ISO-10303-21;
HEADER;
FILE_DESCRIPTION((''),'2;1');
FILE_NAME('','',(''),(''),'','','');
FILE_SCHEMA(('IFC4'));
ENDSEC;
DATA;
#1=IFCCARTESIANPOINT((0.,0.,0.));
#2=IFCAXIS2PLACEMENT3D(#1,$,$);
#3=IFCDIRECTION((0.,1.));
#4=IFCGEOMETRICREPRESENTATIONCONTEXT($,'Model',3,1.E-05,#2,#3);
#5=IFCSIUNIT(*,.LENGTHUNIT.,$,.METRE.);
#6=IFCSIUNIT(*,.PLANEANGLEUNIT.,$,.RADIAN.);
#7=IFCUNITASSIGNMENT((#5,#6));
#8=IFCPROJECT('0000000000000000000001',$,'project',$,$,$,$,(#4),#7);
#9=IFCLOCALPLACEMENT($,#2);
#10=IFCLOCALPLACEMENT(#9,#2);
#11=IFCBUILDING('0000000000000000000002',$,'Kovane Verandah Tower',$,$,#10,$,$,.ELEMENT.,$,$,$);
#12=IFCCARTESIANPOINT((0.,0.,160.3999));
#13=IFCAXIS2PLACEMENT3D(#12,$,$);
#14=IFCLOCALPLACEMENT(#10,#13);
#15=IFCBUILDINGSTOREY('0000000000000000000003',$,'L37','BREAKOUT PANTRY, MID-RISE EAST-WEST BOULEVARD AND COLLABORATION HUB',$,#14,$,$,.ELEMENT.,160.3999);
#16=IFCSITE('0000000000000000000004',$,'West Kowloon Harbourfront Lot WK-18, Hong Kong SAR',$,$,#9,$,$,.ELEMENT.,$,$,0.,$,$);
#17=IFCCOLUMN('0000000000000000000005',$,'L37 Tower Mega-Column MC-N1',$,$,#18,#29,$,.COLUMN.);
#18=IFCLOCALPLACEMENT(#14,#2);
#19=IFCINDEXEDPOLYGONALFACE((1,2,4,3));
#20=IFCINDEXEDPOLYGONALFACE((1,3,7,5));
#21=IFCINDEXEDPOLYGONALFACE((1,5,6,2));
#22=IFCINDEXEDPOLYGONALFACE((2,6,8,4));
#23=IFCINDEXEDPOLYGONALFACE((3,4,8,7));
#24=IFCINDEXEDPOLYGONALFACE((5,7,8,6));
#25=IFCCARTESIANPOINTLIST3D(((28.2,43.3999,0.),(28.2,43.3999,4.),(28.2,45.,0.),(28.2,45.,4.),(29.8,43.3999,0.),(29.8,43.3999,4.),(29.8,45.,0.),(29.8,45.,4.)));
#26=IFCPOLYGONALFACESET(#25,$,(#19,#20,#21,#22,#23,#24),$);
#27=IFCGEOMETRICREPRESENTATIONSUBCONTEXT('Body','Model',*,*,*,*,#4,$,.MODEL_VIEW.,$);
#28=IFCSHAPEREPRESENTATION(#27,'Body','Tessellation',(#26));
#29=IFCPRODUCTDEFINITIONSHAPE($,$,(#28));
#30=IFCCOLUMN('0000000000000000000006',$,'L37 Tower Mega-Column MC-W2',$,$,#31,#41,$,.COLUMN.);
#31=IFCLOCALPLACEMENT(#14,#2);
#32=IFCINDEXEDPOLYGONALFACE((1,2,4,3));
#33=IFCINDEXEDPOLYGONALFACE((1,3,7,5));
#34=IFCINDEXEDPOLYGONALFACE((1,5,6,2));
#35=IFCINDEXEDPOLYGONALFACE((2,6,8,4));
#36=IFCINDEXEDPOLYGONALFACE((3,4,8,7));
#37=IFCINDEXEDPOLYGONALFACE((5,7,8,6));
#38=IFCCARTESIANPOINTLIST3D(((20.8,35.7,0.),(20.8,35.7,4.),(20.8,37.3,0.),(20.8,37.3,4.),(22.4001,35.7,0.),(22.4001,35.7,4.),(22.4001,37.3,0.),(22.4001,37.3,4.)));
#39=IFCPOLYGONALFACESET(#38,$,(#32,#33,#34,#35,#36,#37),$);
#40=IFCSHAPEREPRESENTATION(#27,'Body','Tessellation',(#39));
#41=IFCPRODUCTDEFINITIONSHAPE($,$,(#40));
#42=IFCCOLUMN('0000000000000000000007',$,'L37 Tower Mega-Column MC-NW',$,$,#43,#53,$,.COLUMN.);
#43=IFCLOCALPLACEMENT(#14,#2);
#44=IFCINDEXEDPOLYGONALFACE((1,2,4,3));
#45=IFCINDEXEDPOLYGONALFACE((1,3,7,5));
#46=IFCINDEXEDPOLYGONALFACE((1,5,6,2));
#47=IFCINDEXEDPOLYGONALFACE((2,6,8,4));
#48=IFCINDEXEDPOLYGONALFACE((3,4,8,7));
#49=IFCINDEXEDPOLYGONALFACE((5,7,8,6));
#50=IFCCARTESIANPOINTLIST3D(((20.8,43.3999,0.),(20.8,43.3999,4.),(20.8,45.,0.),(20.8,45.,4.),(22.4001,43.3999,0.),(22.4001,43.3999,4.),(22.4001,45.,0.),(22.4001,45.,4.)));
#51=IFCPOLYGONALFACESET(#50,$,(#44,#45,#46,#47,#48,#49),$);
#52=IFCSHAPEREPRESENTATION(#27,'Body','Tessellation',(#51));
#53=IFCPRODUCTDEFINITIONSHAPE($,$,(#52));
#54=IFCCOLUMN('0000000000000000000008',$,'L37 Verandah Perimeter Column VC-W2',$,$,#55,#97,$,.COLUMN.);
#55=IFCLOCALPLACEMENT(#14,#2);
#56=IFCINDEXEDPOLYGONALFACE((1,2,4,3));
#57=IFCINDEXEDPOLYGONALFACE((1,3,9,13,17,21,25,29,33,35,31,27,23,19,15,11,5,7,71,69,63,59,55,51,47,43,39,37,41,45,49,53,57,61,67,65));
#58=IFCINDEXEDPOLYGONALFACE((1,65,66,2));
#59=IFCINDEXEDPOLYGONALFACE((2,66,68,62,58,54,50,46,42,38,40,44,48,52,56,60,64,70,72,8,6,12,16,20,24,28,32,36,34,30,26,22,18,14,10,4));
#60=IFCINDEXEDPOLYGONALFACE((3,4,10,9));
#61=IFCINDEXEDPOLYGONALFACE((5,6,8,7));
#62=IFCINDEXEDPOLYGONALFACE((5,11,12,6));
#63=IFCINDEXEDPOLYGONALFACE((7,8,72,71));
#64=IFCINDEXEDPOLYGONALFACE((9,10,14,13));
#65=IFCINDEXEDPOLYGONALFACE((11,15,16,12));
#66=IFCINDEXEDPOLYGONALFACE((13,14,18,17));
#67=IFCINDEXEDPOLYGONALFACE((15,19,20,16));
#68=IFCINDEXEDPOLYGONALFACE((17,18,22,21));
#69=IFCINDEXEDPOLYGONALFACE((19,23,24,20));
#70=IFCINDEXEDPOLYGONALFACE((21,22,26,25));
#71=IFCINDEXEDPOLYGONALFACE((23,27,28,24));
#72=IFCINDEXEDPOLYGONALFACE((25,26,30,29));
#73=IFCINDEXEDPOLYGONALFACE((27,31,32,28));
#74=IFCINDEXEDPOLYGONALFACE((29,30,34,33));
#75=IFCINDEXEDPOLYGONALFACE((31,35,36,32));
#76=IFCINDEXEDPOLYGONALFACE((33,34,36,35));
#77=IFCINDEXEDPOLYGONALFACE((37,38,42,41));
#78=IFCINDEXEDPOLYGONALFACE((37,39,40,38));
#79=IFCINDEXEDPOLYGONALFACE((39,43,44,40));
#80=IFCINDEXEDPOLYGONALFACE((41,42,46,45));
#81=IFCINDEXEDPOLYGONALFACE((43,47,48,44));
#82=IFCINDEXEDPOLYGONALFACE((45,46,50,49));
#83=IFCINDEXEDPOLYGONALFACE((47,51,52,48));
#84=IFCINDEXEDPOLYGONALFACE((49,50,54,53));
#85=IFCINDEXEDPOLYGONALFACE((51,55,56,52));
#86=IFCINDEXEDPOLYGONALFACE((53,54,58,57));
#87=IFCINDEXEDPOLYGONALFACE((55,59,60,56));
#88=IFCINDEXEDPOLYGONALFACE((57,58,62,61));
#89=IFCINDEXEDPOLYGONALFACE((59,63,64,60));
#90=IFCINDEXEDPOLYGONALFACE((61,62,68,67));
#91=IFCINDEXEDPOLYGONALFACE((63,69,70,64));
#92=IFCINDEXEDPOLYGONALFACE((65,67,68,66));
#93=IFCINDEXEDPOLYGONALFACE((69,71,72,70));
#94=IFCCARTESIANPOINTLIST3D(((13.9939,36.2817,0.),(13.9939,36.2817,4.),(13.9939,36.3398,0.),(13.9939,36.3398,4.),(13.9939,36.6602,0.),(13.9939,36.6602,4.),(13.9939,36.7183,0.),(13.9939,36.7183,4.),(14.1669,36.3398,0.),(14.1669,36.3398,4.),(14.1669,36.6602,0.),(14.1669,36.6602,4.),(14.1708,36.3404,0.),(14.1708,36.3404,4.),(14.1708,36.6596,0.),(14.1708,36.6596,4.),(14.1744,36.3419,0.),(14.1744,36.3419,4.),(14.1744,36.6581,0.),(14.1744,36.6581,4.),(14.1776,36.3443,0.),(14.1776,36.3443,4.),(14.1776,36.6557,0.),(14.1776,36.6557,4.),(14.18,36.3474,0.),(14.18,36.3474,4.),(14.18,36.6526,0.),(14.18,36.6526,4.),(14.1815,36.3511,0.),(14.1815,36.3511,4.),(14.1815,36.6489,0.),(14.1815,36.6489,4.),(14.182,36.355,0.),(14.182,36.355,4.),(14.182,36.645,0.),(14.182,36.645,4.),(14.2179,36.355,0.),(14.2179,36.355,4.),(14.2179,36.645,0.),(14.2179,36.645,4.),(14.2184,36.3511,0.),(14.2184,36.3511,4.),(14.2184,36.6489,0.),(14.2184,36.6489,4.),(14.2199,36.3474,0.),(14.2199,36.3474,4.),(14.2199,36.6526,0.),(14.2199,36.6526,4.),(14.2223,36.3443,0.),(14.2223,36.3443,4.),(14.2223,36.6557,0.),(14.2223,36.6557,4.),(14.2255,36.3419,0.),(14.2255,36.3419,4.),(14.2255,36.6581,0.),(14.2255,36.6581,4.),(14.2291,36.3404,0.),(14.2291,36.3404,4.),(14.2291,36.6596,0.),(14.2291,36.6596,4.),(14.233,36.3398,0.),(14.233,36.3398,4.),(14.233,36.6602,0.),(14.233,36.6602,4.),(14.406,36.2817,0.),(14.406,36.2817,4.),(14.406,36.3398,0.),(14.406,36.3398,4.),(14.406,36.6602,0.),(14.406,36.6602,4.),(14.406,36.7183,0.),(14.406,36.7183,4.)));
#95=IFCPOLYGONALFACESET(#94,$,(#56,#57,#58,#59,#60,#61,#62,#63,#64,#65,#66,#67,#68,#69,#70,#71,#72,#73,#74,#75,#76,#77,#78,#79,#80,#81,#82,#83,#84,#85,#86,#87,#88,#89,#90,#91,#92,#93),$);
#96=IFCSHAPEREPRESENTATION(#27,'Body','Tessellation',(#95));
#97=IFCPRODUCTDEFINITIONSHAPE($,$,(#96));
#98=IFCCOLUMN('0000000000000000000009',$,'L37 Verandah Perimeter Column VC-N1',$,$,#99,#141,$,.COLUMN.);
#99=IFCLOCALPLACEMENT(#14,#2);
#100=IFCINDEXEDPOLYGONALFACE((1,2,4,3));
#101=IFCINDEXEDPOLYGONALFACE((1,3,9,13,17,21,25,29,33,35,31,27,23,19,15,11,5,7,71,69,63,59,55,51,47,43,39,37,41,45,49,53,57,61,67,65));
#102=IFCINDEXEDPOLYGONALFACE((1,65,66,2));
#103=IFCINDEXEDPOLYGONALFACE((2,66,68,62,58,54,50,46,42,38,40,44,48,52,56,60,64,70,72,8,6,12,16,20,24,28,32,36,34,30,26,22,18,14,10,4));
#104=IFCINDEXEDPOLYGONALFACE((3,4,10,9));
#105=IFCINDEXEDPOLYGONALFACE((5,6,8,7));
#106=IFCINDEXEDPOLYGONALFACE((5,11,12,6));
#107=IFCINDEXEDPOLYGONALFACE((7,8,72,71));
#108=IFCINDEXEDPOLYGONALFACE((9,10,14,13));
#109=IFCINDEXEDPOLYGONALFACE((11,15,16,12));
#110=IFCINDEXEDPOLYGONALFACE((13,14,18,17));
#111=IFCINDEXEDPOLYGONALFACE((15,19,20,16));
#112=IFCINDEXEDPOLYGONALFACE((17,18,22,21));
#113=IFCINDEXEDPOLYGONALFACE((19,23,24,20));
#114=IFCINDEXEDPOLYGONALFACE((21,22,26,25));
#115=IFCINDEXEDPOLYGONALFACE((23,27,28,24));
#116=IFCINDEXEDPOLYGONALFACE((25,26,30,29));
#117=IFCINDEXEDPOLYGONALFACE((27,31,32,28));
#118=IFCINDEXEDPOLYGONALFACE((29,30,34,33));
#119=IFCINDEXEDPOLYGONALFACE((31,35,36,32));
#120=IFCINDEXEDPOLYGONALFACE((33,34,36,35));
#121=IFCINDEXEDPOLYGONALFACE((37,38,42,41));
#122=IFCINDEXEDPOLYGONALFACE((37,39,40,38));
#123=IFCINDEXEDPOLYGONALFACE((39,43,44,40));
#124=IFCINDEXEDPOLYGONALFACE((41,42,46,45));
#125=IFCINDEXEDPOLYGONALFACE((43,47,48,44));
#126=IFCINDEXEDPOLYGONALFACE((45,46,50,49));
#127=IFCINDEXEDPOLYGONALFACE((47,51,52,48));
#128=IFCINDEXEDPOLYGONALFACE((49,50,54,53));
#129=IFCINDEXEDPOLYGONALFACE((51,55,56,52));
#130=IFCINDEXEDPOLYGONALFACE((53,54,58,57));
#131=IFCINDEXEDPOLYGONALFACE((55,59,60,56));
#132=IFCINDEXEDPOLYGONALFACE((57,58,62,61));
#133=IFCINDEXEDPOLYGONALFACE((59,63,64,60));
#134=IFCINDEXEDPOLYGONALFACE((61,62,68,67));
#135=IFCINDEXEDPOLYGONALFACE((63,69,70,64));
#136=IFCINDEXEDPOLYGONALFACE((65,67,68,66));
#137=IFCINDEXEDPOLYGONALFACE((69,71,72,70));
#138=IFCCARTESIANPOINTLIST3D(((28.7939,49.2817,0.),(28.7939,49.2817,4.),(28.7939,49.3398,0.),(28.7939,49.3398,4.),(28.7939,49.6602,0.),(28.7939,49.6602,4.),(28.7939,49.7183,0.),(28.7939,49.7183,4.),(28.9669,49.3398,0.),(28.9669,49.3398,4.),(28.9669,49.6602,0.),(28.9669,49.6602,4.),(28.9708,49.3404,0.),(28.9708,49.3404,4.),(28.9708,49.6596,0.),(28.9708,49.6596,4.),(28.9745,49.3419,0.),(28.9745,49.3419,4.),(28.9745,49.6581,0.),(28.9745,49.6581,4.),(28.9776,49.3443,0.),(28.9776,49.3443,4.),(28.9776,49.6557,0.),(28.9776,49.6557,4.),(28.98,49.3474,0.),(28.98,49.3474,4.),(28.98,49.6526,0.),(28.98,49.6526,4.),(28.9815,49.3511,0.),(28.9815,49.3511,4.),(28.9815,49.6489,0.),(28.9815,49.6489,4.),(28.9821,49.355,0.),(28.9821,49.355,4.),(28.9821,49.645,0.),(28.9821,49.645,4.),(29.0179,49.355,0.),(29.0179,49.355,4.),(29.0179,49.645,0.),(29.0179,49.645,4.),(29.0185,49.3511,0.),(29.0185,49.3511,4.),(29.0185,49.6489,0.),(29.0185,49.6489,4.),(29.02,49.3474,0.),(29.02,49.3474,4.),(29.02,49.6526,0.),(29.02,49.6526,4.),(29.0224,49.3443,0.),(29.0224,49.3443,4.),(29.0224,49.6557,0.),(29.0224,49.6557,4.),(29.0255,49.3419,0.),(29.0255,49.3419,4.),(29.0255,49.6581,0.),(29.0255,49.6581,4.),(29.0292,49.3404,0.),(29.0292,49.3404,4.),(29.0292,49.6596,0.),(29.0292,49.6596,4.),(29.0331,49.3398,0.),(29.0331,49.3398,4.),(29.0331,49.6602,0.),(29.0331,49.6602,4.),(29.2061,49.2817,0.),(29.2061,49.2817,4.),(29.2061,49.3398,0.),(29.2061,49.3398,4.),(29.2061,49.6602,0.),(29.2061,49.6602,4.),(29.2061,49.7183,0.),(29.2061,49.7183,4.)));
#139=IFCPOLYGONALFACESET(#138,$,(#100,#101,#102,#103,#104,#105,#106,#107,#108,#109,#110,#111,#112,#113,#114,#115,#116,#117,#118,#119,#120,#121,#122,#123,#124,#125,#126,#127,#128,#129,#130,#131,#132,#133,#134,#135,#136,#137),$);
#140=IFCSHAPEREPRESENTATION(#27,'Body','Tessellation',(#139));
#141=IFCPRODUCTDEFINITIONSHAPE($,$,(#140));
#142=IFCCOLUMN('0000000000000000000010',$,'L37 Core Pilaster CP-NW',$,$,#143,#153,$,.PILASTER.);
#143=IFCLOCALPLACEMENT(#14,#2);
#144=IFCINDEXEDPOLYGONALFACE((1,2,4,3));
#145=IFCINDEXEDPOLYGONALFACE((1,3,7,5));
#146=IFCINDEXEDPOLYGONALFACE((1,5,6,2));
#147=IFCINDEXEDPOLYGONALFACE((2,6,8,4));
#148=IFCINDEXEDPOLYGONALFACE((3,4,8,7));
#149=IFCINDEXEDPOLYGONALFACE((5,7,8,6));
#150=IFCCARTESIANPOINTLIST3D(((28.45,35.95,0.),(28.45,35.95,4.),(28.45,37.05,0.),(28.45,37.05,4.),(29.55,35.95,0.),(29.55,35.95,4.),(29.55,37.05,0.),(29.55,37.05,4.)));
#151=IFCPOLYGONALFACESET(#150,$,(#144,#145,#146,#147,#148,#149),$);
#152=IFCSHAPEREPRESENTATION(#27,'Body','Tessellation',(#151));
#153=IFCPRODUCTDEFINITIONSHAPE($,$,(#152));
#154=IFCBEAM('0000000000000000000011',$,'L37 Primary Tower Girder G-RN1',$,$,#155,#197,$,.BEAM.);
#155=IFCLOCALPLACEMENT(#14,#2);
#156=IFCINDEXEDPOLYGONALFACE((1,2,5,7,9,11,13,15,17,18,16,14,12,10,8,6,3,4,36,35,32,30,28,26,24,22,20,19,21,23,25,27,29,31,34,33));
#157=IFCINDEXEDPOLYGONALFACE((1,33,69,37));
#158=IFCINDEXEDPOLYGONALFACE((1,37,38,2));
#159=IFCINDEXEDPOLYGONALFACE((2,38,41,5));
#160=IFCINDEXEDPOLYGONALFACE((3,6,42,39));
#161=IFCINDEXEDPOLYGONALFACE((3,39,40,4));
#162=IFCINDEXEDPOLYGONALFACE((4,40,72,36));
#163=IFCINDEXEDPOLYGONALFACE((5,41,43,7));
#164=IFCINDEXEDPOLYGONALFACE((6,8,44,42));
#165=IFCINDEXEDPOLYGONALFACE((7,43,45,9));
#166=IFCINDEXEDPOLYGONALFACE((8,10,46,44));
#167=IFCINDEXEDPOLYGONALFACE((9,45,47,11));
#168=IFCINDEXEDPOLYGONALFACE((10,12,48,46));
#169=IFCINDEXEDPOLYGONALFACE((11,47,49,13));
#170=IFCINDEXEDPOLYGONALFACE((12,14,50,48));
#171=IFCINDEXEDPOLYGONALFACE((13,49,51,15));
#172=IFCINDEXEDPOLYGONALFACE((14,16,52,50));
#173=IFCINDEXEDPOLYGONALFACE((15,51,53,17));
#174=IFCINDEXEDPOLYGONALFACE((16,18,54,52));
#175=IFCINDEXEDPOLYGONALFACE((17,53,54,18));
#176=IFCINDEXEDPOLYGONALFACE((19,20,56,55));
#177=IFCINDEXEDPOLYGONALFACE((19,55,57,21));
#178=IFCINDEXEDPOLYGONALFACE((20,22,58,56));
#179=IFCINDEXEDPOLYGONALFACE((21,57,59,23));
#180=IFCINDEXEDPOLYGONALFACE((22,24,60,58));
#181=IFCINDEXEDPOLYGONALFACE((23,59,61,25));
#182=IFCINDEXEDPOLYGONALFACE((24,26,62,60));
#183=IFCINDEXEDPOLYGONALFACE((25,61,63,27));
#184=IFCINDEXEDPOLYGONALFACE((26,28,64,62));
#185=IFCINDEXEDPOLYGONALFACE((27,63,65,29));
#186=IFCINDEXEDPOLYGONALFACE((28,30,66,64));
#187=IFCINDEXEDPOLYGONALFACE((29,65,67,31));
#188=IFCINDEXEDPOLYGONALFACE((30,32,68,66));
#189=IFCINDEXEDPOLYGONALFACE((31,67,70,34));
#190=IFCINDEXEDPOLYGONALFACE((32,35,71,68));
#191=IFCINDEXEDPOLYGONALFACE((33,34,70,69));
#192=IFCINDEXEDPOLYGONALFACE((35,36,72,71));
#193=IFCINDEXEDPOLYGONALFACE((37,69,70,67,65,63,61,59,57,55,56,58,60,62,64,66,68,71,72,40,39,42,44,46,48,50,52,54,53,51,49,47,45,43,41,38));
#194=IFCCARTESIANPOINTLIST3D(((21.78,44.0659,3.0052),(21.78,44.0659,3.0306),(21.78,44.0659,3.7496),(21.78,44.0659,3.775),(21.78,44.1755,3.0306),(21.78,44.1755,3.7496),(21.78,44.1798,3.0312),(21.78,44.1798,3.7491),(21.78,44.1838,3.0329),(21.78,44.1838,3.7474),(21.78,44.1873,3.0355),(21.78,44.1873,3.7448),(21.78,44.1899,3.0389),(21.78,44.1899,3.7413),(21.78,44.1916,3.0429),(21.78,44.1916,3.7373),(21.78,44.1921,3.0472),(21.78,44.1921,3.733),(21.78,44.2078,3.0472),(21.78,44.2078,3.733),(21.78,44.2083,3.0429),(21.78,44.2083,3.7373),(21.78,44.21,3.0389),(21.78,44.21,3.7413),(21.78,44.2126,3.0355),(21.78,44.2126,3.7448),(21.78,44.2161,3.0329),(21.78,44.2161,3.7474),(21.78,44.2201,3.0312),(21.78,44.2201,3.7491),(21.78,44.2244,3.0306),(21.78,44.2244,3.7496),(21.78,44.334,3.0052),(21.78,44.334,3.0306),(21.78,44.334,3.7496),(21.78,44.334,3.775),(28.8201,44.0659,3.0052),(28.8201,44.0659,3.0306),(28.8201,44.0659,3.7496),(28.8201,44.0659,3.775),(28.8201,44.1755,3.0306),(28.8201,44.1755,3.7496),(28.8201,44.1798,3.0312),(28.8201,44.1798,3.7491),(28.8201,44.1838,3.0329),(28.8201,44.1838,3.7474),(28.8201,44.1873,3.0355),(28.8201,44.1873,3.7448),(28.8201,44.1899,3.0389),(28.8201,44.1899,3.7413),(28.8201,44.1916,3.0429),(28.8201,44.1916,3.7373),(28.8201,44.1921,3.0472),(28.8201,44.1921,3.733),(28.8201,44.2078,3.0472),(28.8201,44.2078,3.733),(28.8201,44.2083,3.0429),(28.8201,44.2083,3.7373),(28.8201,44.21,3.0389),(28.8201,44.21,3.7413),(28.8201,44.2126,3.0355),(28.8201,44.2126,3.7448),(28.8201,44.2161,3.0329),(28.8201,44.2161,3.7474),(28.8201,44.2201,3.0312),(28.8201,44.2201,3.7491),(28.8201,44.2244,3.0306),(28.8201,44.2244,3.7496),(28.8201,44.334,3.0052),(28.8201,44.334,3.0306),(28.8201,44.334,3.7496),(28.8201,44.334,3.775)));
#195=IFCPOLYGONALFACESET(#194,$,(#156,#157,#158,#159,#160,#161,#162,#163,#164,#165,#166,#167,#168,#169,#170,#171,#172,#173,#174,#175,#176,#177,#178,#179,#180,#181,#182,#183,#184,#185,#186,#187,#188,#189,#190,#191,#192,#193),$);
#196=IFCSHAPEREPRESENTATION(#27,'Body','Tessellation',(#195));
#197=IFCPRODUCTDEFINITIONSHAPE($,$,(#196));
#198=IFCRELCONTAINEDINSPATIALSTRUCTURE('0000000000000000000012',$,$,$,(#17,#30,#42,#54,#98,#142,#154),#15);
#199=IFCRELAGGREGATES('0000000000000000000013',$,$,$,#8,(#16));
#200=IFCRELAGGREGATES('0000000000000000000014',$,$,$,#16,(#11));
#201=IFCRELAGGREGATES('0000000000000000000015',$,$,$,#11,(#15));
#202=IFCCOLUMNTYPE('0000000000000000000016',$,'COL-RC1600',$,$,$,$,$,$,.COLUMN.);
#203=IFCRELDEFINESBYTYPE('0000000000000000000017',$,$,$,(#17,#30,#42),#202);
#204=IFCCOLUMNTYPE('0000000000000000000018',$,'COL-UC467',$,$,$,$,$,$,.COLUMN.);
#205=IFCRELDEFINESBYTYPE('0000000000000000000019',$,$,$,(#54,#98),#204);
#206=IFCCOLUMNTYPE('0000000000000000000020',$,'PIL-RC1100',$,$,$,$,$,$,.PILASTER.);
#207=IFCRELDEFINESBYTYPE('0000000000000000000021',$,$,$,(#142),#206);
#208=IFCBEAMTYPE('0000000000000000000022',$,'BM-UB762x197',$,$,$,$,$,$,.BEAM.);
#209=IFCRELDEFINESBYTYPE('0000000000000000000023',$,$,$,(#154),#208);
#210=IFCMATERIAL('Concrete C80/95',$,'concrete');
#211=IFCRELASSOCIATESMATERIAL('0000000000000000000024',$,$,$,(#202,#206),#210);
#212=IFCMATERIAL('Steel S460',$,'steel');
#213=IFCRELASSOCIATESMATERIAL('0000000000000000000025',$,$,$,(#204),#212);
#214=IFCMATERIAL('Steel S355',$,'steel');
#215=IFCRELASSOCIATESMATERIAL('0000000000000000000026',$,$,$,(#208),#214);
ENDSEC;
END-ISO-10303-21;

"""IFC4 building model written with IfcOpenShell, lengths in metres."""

from ifc_helpers import new_model, si_unit, direction, frame, origin, origin_2d, place, context, subcontext, project, spatial, rectangle, i_section, extrude, material, material_profile, profile_set, type_object, element, save


model = new_model("IFC4")

# Units and contexts
model_context = context("Model", 3, precision=1e-05, world=origin(), true_north=direction((0.0, 1.0)))
body_context = subcontext(model_context, "Body", "Model", "MODEL_VIEW")
ifc_project = project(units=[si_unit("LENGTHUNIT", "METRE"), si_unit("PLANEANGLEUNIT", "RADIAN")], contexts=[model_context])

# Site, building, storey
site_placement = place(None, origin())
site = spatial("IfcSite", under=ifc_project, at=site_placement, Name="West Kowloon Harbourfront Lot WK-18, Hong Kong SAR", CompositionType="ELEMENT", RefElevation=0.0)
building_placement = place(site_placement, origin())
building = spatial("IfcBuilding", under=site, at=building_placement, Name="Kovane Verandah Tower", CompositionType="ELEMENT")
storey_placement = place(building_placement, frame((0.0, 0.0, 160.3999)))
storey = spatial("IfcBuildingStorey", under=building, at=storey_placement, Name="L37", Description="BREAKOUT PANTRY, MID-RISE EAST-WEST BOULEVARD AND COLLABORATION HUB", CompositionType="ELEMENT", Elevation=160.3999)

# Columns
ifc_material_1 = material(Name="Concrete C80/95", Category="concrete")
ifc_material_profile_1 = material_profile(ifc_material_1, rectangle(XDim=1.6001, YDim=1.6001, at=origin_2d()), Name="RC1600x1600")
ifc_profile_set_1 = profile_set([ifc_material_profile_1], Name="Concrete C80/95")
column_type_1 = type_object("IfcColumnType", Name="COL-RC1600", PredefinedType="COLUMN", material=ifc_profile_set_1)
for number, where, z_axis, x_axis, name in (
    (1, (29.0, 44.2, 0.0), (0.0, 0.0, 1.0), (1.0, 0.0, 0.0), "L37 Tower Mega-Column MC-N1"),
    (2, (21.6001, 36.5, 0.0), (0.0, 0.0, 1.0), (1.0, 0.0, 0.0), "L37 Tower Mega-Column MC-W2"),
    (3, (21.6001, 44.2, 0.0), (0.0, 0.0, 1.0), (1.0, 0.0, 0.0), "L37 Tower Mega-Column MC-NW"),
):
    element("IfcColumn", number, at=place(storey_placement, frame(where, z_axis=z_axis, x_axis=x_axis)), inside=storey, type_object=column_type_1, Name=name, PredefinedType="COLUMN", context=body_context, shape_type="SweptSolid", body=[
        extrude(rectangle(XDim=1.6001, YDim=1.6001, at=origin_2d()), origin(), (0.0, 0.0, 1.0), 4.0),
    ])
ifc_material_2 = material(Name="Steel S460", Category="steel")
ifc_material_profile_2 = material_profile(ifc_material_2, i_section(OverallWidth=0.4121, OverallDepth=0.4365, WebThickness=0.0359, FlangeThickness=0.0581, FilletRadius=0.0151, at=origin_2d()), Name="UC356x406x467")
ifc_profile_set_2 = profile_set([ifc_material_profile_2], Name="Steel S460")
column_type_2 = type_object("IfcColumnType", Name="COL-UC467", PredefinedType="COLUMN", material=ifc_profile_set_2)
for number, where, z_axis, x_axis, name in (
    (4, (14.2, 36.5, 0.0), (0.0, 0.0, 1.0), (1.0, 0.0, 0.0), "L37 Verandah Perimeter Column VC-W2"),
    (5, (29.0, 49.5, 0.0), (0.0, 0.0, 1.0), (1.0, 0.0, 0.0), "L37 Verandah Perimeter Column VC-N1"),
):
    element("IfcColumn", number, at=place(storey_placement, frame(where, z_axis=z_axis, x_axis=x_axis)), inside=storey, type_object=column_type_2, Name=name, PredefinedType="COLUMN", context=body_context, shape_type="SweptSolid", body=[
        extrude(i_section(OverallWidth=0.4121, OverallDepth=0.4365, WebThickness=0.0359, FlangeThickness=0.0581, FilletRadius=0.0151, at=origin_2d()), origin(), (0.0, 0.0, 1.0), 4.0),
    ])
ifc_material_profile_3 = material_profile(ifc_material_1, rectangle(XDim=1.1001, YDim=1.1001, at=origin_2d()), Name="RC1100x1100")
ifc_profile_set_3 = profile_set([ifc_material_profile_3], Name="Concrete C80/95")
column_type_3 = type_object("IfcColumnType", Name="PIL-RC1100", PredefinedType="PILASTER", material=ifc_profile_set_3)
column_placement = place(storey_placement, frame((29.0, 36.5, 0.0), z_axis=(0.0, 0.0, 1.0), x_axis=(1.0, 0.0, 0.0)))
element("IfcColumn", 6, at=column_placement, inside=storey, type_object=column_type_3, Name="L37 Core Pilaster CP-NW", PredefinedType="PILASTER", context=body_context, shape_type="SweptSolid", body=[
    extrude(rectangle(XDim=1.1001, YDim=1.1001, at=origin_2d()), origin(), (0.0, 0.0, 1.0), 4.0),
])

# Beam
ifc_material_3 = material(Name="Steel S355", Category="steel")
ifc_material_profile_4 = material_profile(ifc_material_3, i_section(OverallWidth=0.2681, OverallDepth=0.7698, WebThickness=0.0156, FlangeThickness=0.0254, FilletRadius=0.0166, at=origin_2d()), Name="UB762x267x197")
ifc_profile_set_4 = profile_set([ifc_material_profile_4], Name="Steel S355")
beam_type_1 = type_object("IfcBeamType", Name="BM-UB762x197", PredefinedType="BEAM", material=ifc_profile_set_4)
beam_1_placement = place(storey_placement, frame((21.78, 44.2, 3.3901), z_axis=(1.0, 0.0, 0.0), x_axis=(0.0, 1.0, 0.0)))
element("IfcBeam", 7, at=beam_1_placement, inside=storey, type_object=beam_type_1, Name="L37 Primary Tower Girder G-RN1", PredefinedType="BEAM", context=body_context, shape_type="SweptSolid", body=[
    extrude(i_section(OverallWidth=0.2681, OverallDepth=0.7698, WebThickness=0.0156, FlangeThickness=0.0254, FilletRadius=0.0166, at=origin_2d()), origin(), (0.0, 0.0, 1.0), 7.04),
])

save(model, "model.ifc")
